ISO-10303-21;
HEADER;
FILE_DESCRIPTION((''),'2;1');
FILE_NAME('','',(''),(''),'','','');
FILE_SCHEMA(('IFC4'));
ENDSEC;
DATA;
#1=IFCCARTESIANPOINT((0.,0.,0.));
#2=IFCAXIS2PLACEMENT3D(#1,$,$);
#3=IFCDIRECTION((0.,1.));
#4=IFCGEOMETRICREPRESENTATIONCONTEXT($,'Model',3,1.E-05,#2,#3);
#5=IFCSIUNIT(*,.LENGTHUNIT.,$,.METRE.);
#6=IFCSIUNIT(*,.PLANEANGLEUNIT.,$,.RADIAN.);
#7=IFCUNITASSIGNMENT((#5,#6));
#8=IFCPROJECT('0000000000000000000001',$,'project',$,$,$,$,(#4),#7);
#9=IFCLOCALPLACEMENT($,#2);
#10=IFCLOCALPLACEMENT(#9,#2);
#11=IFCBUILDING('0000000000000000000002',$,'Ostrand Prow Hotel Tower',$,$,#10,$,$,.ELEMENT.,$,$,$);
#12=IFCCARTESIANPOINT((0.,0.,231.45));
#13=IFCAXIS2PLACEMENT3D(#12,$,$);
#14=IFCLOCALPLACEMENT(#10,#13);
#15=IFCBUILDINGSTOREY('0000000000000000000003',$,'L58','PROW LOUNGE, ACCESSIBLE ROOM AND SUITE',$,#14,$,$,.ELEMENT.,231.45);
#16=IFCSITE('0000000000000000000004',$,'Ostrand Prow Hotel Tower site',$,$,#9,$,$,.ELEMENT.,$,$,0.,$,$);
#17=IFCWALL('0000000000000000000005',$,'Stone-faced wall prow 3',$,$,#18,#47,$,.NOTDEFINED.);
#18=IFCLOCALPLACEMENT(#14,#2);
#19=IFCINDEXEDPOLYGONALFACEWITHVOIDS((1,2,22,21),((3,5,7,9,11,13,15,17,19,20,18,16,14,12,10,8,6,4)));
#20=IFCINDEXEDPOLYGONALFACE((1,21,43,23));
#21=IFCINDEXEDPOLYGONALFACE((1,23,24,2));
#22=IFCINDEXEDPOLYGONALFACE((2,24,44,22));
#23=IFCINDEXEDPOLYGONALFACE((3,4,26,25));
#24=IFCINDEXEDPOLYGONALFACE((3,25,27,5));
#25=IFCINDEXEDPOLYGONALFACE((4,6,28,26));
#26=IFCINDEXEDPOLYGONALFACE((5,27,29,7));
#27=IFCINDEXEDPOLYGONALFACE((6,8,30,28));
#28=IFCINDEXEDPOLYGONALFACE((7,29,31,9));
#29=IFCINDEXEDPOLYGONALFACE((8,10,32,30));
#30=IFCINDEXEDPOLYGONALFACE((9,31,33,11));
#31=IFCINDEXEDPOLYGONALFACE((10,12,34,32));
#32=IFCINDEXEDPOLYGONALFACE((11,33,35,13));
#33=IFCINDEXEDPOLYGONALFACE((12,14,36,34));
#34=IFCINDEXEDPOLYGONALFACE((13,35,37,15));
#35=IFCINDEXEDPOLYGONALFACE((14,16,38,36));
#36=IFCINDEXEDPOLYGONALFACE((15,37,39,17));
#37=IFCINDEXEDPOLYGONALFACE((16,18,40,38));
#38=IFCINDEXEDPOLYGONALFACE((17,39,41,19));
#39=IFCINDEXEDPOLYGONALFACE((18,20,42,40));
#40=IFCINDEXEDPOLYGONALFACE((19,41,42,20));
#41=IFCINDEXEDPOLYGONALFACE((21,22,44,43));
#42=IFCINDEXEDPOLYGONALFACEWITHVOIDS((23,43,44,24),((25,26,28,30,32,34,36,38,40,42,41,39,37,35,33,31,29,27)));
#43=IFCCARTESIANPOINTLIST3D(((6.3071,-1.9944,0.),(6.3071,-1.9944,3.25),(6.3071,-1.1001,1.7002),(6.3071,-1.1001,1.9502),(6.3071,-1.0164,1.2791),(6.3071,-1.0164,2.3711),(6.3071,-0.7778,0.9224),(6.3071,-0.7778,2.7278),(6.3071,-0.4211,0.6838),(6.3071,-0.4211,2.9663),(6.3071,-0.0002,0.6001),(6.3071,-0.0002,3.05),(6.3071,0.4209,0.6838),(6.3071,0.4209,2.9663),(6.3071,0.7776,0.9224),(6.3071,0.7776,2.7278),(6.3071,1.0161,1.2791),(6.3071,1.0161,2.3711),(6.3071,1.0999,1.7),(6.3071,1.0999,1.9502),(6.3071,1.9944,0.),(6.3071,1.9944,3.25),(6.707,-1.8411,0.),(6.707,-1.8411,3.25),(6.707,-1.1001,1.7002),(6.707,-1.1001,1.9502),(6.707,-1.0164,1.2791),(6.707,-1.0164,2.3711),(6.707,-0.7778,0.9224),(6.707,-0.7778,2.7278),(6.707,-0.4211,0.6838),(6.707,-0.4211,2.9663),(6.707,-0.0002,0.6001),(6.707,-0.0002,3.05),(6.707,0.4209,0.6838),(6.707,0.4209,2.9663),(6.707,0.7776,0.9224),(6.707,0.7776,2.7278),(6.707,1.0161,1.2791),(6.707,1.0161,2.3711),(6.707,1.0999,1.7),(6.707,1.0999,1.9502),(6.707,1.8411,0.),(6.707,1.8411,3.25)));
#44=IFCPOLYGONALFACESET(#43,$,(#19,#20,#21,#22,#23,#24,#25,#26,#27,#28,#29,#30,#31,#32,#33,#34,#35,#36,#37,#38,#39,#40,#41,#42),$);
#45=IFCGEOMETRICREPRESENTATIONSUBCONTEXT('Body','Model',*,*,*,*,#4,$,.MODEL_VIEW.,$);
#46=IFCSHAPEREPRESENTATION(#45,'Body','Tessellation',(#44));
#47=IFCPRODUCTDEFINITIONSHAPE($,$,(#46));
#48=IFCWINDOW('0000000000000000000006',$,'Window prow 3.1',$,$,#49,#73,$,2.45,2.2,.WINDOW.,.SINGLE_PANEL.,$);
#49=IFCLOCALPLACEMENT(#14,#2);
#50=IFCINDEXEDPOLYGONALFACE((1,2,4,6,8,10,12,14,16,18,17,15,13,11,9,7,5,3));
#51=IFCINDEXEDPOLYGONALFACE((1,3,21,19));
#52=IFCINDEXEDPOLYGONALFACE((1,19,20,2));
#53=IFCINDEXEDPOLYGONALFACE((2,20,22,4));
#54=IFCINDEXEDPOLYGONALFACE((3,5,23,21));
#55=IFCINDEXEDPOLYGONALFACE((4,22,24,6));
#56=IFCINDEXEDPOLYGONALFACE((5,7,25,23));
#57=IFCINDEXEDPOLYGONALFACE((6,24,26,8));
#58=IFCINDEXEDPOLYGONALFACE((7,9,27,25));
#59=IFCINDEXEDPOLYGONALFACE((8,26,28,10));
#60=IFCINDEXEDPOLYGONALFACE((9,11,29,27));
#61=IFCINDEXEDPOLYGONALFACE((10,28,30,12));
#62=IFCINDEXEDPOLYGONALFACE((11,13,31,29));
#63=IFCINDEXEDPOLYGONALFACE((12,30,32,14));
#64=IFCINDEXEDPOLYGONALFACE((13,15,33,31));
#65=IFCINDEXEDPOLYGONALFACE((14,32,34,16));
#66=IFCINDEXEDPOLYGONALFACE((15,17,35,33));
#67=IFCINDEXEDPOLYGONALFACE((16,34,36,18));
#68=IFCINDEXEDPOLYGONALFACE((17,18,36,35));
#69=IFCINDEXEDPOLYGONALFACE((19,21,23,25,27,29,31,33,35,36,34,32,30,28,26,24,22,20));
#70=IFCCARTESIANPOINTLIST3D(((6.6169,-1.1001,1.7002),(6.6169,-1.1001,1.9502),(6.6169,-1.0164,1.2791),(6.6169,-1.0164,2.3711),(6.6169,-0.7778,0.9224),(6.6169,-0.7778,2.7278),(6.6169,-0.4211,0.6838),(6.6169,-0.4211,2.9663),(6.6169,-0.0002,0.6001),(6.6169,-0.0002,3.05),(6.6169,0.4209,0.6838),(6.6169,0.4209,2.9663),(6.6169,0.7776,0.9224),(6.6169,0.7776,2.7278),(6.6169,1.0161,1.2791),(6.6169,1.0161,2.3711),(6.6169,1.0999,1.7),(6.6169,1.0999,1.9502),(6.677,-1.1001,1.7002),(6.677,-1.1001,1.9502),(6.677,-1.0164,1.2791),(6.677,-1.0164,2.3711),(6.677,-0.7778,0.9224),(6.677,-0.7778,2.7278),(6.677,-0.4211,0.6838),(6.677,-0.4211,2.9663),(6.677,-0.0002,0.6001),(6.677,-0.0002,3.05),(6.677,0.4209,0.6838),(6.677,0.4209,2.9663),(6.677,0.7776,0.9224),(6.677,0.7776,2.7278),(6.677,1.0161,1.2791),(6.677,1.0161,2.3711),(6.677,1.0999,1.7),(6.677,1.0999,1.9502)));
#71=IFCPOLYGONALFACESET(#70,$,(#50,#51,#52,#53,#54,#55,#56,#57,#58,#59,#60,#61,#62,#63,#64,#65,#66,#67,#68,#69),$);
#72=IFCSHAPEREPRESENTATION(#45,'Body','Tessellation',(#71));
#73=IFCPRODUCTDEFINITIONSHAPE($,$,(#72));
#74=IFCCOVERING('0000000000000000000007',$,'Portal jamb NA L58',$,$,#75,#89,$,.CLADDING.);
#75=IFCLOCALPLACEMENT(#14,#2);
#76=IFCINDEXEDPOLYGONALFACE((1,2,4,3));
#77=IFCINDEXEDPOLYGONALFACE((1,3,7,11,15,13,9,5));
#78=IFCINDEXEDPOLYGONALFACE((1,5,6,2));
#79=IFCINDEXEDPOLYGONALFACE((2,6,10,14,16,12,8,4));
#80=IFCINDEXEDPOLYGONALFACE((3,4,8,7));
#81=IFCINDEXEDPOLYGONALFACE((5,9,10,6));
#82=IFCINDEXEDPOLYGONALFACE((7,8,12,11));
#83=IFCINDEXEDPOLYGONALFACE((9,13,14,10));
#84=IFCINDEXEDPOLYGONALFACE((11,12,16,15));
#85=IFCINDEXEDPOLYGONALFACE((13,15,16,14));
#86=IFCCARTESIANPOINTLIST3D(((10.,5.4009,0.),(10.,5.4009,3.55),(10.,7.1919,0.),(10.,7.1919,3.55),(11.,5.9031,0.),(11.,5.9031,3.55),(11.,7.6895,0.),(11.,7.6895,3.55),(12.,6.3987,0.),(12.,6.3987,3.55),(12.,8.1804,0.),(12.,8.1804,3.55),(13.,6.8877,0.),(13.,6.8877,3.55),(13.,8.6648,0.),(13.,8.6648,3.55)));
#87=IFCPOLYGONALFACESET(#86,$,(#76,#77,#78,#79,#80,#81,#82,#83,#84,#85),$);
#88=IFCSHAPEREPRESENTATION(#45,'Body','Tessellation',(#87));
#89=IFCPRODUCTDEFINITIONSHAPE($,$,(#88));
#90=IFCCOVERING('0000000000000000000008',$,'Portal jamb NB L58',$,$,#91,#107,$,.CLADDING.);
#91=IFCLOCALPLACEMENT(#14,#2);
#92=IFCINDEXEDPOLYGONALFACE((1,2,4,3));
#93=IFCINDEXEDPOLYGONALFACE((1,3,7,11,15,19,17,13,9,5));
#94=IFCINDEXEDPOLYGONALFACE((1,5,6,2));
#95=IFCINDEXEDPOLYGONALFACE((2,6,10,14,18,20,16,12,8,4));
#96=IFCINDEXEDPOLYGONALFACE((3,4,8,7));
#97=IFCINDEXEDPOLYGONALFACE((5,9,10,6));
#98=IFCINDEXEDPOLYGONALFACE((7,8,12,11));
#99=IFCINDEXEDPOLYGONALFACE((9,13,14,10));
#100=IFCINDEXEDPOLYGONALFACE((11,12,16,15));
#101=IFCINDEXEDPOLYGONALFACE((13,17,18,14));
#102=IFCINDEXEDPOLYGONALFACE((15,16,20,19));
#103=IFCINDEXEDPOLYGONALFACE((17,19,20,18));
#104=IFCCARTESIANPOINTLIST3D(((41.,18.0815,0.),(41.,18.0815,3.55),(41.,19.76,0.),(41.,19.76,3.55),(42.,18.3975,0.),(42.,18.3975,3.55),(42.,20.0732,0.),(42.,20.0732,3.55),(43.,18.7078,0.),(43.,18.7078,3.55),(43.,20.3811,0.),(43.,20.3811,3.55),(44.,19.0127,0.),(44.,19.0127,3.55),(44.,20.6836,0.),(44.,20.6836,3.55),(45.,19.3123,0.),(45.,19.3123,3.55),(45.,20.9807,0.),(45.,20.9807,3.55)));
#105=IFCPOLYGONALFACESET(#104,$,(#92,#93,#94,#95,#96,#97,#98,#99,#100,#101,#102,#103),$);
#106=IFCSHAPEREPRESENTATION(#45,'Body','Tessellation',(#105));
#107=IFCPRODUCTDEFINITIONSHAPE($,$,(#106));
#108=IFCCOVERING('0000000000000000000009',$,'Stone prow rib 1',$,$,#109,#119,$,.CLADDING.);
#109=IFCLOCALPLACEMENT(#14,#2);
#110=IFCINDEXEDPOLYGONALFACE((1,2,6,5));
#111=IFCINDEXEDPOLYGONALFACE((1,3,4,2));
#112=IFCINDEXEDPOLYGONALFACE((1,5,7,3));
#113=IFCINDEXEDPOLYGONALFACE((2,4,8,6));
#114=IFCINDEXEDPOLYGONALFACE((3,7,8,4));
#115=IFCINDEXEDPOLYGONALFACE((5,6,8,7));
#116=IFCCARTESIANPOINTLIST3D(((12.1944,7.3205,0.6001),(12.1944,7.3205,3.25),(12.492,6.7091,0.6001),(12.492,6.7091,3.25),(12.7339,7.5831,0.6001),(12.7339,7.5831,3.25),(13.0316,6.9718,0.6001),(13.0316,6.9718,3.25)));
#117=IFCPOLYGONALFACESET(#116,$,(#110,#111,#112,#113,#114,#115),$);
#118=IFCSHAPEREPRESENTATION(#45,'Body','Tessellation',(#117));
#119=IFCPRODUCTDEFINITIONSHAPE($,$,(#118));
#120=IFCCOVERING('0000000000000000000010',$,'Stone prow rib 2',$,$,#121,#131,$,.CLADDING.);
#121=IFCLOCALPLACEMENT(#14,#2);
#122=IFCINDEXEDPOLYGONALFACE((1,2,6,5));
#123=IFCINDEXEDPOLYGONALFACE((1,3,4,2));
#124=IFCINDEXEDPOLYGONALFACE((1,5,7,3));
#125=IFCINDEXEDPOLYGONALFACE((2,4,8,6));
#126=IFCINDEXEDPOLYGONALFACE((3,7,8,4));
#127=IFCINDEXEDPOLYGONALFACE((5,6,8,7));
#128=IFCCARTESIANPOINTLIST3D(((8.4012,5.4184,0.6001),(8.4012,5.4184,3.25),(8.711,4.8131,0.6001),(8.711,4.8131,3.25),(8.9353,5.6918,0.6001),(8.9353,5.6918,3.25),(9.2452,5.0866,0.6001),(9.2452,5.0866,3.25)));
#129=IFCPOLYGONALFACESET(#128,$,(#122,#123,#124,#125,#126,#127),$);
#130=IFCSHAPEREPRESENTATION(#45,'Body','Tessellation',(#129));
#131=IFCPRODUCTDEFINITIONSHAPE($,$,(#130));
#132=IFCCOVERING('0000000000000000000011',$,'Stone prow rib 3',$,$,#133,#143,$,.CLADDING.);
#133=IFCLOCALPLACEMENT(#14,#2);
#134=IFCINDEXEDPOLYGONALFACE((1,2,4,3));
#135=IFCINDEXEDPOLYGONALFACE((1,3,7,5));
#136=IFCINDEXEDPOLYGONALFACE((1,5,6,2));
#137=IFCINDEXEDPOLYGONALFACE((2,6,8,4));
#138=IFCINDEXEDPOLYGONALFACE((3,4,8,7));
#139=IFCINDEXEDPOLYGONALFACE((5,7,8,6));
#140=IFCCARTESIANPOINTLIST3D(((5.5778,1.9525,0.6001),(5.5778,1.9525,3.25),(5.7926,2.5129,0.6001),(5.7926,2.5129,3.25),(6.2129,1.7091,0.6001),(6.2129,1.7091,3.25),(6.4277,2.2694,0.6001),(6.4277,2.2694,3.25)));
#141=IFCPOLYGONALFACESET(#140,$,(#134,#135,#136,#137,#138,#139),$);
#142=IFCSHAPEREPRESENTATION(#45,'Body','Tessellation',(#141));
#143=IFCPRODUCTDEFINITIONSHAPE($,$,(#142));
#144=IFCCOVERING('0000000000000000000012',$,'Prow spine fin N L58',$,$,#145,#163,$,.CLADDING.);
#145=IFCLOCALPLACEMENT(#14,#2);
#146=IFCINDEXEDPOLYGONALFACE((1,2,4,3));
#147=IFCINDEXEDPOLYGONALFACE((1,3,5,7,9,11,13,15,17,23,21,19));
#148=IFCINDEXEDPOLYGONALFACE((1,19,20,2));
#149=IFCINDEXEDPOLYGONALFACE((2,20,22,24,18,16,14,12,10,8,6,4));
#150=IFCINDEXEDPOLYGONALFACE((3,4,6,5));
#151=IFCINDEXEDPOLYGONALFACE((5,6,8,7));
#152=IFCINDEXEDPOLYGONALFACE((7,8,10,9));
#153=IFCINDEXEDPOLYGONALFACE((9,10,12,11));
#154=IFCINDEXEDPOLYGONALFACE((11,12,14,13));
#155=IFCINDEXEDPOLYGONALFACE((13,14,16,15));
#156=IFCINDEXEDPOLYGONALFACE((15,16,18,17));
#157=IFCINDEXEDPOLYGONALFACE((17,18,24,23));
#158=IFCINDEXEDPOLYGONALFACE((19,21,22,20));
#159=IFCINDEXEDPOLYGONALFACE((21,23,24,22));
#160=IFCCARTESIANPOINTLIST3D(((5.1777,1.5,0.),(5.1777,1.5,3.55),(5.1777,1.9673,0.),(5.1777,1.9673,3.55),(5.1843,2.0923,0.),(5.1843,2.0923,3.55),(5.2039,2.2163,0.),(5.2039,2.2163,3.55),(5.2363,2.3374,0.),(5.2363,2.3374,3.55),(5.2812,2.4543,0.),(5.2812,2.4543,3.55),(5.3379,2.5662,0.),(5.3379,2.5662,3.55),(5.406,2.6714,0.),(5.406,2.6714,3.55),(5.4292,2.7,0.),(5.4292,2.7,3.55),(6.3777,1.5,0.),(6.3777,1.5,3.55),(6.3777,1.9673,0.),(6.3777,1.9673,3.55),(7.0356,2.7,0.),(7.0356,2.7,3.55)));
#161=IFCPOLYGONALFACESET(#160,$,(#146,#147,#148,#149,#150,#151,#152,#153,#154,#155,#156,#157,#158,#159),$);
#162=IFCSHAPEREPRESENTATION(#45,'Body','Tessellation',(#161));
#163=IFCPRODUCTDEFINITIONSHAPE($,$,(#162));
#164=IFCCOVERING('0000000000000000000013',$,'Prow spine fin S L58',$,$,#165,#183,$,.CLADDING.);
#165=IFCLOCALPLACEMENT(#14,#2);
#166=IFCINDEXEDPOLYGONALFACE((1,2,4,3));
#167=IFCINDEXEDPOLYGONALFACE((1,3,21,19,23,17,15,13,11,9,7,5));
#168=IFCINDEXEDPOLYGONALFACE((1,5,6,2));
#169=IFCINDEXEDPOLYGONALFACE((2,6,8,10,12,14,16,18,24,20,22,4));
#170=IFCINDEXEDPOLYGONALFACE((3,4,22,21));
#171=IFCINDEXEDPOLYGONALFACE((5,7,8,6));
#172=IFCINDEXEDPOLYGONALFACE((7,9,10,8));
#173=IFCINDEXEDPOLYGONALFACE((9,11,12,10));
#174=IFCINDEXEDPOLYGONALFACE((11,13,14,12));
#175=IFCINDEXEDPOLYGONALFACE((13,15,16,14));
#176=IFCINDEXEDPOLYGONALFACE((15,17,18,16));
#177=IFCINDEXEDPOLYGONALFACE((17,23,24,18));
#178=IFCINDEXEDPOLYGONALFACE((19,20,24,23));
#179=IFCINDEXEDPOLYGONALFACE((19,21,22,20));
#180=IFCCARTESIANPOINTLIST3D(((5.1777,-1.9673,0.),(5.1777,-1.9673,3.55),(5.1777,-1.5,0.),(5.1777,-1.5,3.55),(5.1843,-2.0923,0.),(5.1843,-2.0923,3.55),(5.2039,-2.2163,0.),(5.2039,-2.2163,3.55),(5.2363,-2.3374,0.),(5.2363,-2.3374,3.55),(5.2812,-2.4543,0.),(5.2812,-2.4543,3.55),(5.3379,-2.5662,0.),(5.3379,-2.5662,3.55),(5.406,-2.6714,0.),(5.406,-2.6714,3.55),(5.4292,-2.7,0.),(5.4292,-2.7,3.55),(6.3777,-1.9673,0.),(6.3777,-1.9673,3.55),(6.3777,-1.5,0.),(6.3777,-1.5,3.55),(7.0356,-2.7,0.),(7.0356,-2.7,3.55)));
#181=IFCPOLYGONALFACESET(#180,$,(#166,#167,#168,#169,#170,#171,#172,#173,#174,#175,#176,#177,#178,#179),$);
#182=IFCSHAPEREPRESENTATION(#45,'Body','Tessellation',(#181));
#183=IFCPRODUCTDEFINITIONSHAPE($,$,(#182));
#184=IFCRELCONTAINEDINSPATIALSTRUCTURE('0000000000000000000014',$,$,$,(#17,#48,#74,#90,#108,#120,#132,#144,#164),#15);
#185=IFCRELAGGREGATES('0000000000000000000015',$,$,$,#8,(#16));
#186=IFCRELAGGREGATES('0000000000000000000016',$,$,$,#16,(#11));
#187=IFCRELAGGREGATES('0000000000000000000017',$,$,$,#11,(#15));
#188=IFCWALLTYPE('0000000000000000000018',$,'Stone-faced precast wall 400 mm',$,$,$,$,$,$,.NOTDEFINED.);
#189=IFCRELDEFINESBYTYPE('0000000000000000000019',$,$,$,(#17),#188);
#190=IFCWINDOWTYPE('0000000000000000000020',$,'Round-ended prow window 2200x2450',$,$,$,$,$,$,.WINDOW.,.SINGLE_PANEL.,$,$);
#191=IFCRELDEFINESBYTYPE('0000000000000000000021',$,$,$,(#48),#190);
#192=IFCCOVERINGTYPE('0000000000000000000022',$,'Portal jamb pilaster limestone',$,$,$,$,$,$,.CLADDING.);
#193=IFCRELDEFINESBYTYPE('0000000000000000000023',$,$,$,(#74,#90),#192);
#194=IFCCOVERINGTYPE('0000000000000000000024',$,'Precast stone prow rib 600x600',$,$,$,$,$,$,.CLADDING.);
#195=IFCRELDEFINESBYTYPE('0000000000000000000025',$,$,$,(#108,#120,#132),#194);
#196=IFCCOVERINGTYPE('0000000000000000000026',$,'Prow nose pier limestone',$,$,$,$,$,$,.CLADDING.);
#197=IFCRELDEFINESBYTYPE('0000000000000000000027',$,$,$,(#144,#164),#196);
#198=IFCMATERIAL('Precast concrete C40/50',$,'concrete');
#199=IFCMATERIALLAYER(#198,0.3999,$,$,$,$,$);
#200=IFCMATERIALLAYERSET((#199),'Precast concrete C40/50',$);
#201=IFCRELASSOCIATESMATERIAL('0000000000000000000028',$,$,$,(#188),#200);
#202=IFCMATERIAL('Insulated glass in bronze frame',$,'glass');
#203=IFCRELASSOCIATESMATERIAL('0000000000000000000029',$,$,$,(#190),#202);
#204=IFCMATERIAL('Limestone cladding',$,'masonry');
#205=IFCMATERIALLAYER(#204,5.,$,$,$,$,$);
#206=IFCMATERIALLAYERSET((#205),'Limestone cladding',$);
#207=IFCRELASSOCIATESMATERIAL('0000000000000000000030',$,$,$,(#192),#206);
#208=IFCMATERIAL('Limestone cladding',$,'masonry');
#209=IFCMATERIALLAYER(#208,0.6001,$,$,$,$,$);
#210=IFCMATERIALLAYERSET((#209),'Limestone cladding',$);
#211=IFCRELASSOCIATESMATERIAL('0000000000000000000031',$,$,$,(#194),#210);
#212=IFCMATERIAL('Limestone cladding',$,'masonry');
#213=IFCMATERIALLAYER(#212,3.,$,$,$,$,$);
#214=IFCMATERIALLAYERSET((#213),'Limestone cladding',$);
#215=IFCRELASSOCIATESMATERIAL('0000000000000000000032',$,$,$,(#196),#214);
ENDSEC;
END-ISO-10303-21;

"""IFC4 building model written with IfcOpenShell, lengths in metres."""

from ifc_helpers import new_model, si_unit, direction, frame, frame_2d, origin, place, context, subcontext, project, spatial, polyline, rectangle, outline, extrude, material, layer, layer_set, type_object, element, fill, save


model = new_model("IFC4")

# Units and contexts
model_context = context("Model", 3, precision=1e-05, world=origin(), true_north=direction((0.0, 1.0)))
body_context = subcontext(model_context, "Body", "Model", "MODEL_VIEW")
ifc_project = project(units=[si_unit("LENGTHUNIT", "METRE"), si_unit("PLANEANGLEUNIT", "RADIAN")], contexts=[model_context])

# Site, building, storey
site_placement = place(None, origin())
site = spatial("IfcSite", under=ifc_project, at=site_placement, Name="Ostrand Prow Hotel Tower site", CompositionType="ELEMENT", RefElevation=0.0)
building_placement = place(site_placement, origin())
building = spatial("IfcBuilding", under=site, at=building_placement, Name="Ostrand Prow Hotel Tower", CompositionType="ELEMENT")
storey_placement = place(building_placement, frame((0.0, 0.0, 231.45)))
storey = spatial("IfcBuildingStorey", under=building, at=storey_placement, Name="L58", Description="PROW LOUNGE, ACCESSIBLE ROOM AND SUITE", CompositionType="ELEMENT", Elevation=231.45)

# Wall, opening, window
ifc_material_1 = material(Name="Precast concrete C40/50", Category="concrete")
ifc_layer_1 = layer(ifc_material_1, 0.3999)
ifc_layer_set_1 = layer_set([ifc_layer_1], Name="Precast concrete C40/50")
wall_type_1 = type_object("IfcWallType", Name="Stone-faced precast wall 400 mm", PredefinedType="NOTDEFINED", material=ifc_layer_set_1)
ifc_material_2 = material(Name="Insulated glass in bronze frame", Category="glass")
window_type = type_object("IfcWindowType", Name="Round-ended prow window 2200x2450", PartitioningType="SINGLE_PANEL", PredefinedType="WINDOW", material=ifc_material_2)
wall_1_placement = place(storey_placement, frame((6.5071, 1.9177, 0.0), z_axis=(0.0, 0.0, 1.0), x_axis=(0.0, -1.0, 0.0)))
wall_1 = element("IfcWall", 1, at=wall_1_placement, inside=storey, type_object=wall_type_1, Name="Stone-faced wall prow 3", PredefinedType="NOTDEFINED", context=body_context, shape_type="SweptSolid", body=[
    extrude(outline(polyline([(-0.0767, -0.2), (3.9121, -0.2), (3.7588, 0.2), (0.0767, 0.2), (-0.0767, -0.2)])), origin(), (0.0, 0.0, 1.0), 3.25),
])
opening_1_placement = place(wall_1_placement, frame((0.8179, 0.0, 0.6001)))
opening_1 = element("IfcOpeningElement", 2, at=opening_1_placement, cuts=wall_1, PredefinedType="OPENING", context=body_context, shape_type="SweptSolid", body=[
    extrude(outline(polyline([(0.0, 1.3501), (0.0837, 1.771), (0.3223, 2.1277), (0.679, 2.3662), (1.1001, 2.45), (1.521, 2.3662), (1.8777, 2.1277), (2.1162, 1.771), (2.2, 1.3501), (2.2, 1.1001), (2.1162, 0.679), (1.8777, 0.3223), (1.521, 0.0837), (1.1001, 0.0), (0.679, 0.0837), (0.3223, 0.3223), (0.0837, 0.679), (0.0, 1.0999), (0.0, 1.3501)])), frame((0.0, 0.21, 0.0), z_axis=(0.0, -1.0, 0.0), x_axis=(1.0, 0.0, 0.0)), (0.0, 0.0, 1.0), 0.4199),
])
window_1_placement = place(opening_1_placement, origin())
window_1 = element("IfcWindow", 3, at=window_1_placement, inside=storey, type_object=window_type, Name="Window prow 3.1", OverallHeight=2.45, OverallWidth=2.2, PartitioningType="SINGLE_PANEL", PredefinedType="WINDOW", context=body_context, shape_type="SweptSolid", body=[
    extrude(outline(polyline([(0.0, 1.3501), (0.0837, 1.771), (0.3223, 2.1277), (0.679, 2.3662), (1.1001, 2.45), (1.521, 2.3662), (1.8777, 2.1277), (2.1162, 1.771), (2.2, 1.3501), (2.2, 1.1001), (2.1162, 0.679), (1.8777, 0.3223), (1.521, 0.0837), (1.1001, 0.0), (0.679, 0.0837), (0.3223, 0.3223), (0.0837, 0.679), (0.0, 1.0999), (0.0, 1.3501)])), frame((0.0, 0.1699, 0.0), z_axis=(0.0, -1.0, 0.0), x_axis=(1.0, 0.0, 0.0)), (0.0, 0.0, 1.0), 0.0601),
])
fill(opening_1, window_1)

# Coverings
ifc_material_3 = material(Name="Limestone cladding", Category="masonry")
ifc_layer_2 = layer(ifc_material_3, 5.0)
ifc_layer_set_2 = layer_set([ifc_layer_2], Name="Limestone cladding")
covering_type_1 = type_object("IfcCoveringType", Name="Portal jamb pilaster limestone", PredefinedType="CLADDING", material=ifc_layer_set_2)
covering_1_placement = place(storey_placement, origin())
element("IfcCovering", 4, at=covering_1_placement, inside=storey, type_object=covering_type_1, Name="Portal jamb NA L58", PredefinedType="CLADDING", context=body_context, shape_type="SweptSolid", body=[
    extrude(outline(polyline([(10.0, 5.4009), (11.0, 5.9031), (12.0, 6.3987), (13.0, 6.8877), (13.0, 8.6648), (12.0, 8.1804), (11.0, 7.6895), (10.0, 7.1919), (10.0, 5.4009)])), origin(), (0.0, 0.0, 1.0), 3.55),
])
covering_2_placement = place(storey_placement, origin())
element("IfcCovering", 5, at=covering_2_placement, inside=storey, type_object=covering_type_1, Name="Portal jamb NB L58", PredefinedType="CLADDING", context=body_context, shape_type="SweptSolid", body=[
    extrude(outline(polyline([(41.0, 18.0815), (42.0, 18.3975), (43.0, 18.7078), (44.0, 19.0127), (45.0, 19.3123), (45.0, 20.9807), (44.0, 20.6836), (43.0, 20.3811), (42.0, 20.0732), (41.0, 19.76), (41.0, 18.0815)])), origin(), (0.0, 0.0, 1.0), 3.55),
])
ifc_material_4 = material(Name="Limestone cladding", Category="masonry")
ifc_layer_3 = layer(ifc_material_4, 0.6001)
ifc_layer_set_3 = layer_set([ifc_layer_3], Name="Limestone cladding")
covering_type_2 = type_object("IfcCoveringType", Name="Precast stone prow rib 600x600", PredefinedType="CLADDING", material=ifc_layer_set_3)
for number, where, z_axis, x_axis, name in (
    (6, (12.7617, 6.8406, 0.6001), (0.0, 0.0, 1.0), (-0.437709, 0.899117, 0.0), "Stone prow rib 1"),
    (7, (8.978, 4.95, 0.6001), (0.0, 0.0, 1.0), (-0.455668, 0.89015, 0.0), "Stone prow rib 2"),
):
    element("IfcCovering", number, at=place(storey_placement, frame(where, z_axis=z_axis, x_axis=x_axis)), inside=storey, type_object=covering_type_2, Name=name, PredefinedType="CLADDING", context=body_context, shape_type="SweptSolid", body=[
        extrude(rectangle(XDim=0.6799, YDim=0.6001, at=frame_2d((0.3398, 0.0))), origin(), (0.0, 0.0, 1.0), 2.6499),
    ])
covering_3_placement = place(storey_placement, frame((6.3203, 1.9893, 0.6001), z_axis=(0.0, 0.0, 1.0), x_axis=(-0.933752, 0.35792, 0.0)))
element("IfcCovering", 8, at=covering_3_placement, inside=storey, type_object=covering_type_2, Name="Stone prow rib 3", PredefinedType="CLADDING", context=body_context, shape_type="SweptSolid", body=[
    extrude(rectangle(XDim=0.6802, YDim=0.6001, at=frame_2d((0.3401, 0.0))), origin(), (0.0, 0.0, 1.0), 2.6499),
])
ifc_material_5 = material(Name="Limestone cladding", Category="masonry")
ifc_layer_4 = layer(ifc_material_5, 3.0)
ifc_layer_set_4 = layer_set([ifc_layer_4], Name="Limestone cladding")
covering_type_3 = type_object("IfcCoveringType", Name="Prow nose pier limestone", PredefinedType="CLADDING", material=ifc_layer_set_4)
covering_4_placement = place(storey_placement, origin())
element("IfcCovering", 9, at=covering_4_placement, inside=storey, type_object=covering_type_3, Name="Prow spine fin N L58", PredefinedType="CLADDING", context=body_context, shape_type="SweptSolid", body=[
    extrude(outline(polyline([(5.1777, 1.9673), (5.1777, 1.5), (6.3777, 1.5), (6.3777, 1.9673), (7.0356, 2.7), (5.4292, 2.7), (5.406, 2.6714), (5.3379, 2.5662), (5.2812, 2.4543), (5.2363, 2.3374), (5.2039, 2.2163), (5.1843, 2.0923), (5.1777, 1.9673)])), origin(), (0.0, 0.0, 1.0), 3.55),
])
covering_5_placement = place(storey_placement, origin())
element("IfcCovering", 10, at=covering_5_placement, inside=storey, type_object=covering_type_3, Name="Prow spine fin S L58", PredefinedType="CLADDING", context=body_context, shape_type="SweptSolid", body=[
    extrude(outline(polyline([(5.406, -2.6714), (5.4292, -2.7), (7.0356, -2.7), (6.3777, -1.9673), (6.3777, -1.5), (5.1777, -1.5), (5.1777, -1.9673), (5.1843, -2.0923), (5.2039, -2.2163), (5.2363, -2.3374), (5.2812, -2.4543), (5.3379, -2.5662), (5.406, -2.6714)])), origin(), (0.0, 0.0, 1.0), 3.55),
])

save(model, "model.ifc")
